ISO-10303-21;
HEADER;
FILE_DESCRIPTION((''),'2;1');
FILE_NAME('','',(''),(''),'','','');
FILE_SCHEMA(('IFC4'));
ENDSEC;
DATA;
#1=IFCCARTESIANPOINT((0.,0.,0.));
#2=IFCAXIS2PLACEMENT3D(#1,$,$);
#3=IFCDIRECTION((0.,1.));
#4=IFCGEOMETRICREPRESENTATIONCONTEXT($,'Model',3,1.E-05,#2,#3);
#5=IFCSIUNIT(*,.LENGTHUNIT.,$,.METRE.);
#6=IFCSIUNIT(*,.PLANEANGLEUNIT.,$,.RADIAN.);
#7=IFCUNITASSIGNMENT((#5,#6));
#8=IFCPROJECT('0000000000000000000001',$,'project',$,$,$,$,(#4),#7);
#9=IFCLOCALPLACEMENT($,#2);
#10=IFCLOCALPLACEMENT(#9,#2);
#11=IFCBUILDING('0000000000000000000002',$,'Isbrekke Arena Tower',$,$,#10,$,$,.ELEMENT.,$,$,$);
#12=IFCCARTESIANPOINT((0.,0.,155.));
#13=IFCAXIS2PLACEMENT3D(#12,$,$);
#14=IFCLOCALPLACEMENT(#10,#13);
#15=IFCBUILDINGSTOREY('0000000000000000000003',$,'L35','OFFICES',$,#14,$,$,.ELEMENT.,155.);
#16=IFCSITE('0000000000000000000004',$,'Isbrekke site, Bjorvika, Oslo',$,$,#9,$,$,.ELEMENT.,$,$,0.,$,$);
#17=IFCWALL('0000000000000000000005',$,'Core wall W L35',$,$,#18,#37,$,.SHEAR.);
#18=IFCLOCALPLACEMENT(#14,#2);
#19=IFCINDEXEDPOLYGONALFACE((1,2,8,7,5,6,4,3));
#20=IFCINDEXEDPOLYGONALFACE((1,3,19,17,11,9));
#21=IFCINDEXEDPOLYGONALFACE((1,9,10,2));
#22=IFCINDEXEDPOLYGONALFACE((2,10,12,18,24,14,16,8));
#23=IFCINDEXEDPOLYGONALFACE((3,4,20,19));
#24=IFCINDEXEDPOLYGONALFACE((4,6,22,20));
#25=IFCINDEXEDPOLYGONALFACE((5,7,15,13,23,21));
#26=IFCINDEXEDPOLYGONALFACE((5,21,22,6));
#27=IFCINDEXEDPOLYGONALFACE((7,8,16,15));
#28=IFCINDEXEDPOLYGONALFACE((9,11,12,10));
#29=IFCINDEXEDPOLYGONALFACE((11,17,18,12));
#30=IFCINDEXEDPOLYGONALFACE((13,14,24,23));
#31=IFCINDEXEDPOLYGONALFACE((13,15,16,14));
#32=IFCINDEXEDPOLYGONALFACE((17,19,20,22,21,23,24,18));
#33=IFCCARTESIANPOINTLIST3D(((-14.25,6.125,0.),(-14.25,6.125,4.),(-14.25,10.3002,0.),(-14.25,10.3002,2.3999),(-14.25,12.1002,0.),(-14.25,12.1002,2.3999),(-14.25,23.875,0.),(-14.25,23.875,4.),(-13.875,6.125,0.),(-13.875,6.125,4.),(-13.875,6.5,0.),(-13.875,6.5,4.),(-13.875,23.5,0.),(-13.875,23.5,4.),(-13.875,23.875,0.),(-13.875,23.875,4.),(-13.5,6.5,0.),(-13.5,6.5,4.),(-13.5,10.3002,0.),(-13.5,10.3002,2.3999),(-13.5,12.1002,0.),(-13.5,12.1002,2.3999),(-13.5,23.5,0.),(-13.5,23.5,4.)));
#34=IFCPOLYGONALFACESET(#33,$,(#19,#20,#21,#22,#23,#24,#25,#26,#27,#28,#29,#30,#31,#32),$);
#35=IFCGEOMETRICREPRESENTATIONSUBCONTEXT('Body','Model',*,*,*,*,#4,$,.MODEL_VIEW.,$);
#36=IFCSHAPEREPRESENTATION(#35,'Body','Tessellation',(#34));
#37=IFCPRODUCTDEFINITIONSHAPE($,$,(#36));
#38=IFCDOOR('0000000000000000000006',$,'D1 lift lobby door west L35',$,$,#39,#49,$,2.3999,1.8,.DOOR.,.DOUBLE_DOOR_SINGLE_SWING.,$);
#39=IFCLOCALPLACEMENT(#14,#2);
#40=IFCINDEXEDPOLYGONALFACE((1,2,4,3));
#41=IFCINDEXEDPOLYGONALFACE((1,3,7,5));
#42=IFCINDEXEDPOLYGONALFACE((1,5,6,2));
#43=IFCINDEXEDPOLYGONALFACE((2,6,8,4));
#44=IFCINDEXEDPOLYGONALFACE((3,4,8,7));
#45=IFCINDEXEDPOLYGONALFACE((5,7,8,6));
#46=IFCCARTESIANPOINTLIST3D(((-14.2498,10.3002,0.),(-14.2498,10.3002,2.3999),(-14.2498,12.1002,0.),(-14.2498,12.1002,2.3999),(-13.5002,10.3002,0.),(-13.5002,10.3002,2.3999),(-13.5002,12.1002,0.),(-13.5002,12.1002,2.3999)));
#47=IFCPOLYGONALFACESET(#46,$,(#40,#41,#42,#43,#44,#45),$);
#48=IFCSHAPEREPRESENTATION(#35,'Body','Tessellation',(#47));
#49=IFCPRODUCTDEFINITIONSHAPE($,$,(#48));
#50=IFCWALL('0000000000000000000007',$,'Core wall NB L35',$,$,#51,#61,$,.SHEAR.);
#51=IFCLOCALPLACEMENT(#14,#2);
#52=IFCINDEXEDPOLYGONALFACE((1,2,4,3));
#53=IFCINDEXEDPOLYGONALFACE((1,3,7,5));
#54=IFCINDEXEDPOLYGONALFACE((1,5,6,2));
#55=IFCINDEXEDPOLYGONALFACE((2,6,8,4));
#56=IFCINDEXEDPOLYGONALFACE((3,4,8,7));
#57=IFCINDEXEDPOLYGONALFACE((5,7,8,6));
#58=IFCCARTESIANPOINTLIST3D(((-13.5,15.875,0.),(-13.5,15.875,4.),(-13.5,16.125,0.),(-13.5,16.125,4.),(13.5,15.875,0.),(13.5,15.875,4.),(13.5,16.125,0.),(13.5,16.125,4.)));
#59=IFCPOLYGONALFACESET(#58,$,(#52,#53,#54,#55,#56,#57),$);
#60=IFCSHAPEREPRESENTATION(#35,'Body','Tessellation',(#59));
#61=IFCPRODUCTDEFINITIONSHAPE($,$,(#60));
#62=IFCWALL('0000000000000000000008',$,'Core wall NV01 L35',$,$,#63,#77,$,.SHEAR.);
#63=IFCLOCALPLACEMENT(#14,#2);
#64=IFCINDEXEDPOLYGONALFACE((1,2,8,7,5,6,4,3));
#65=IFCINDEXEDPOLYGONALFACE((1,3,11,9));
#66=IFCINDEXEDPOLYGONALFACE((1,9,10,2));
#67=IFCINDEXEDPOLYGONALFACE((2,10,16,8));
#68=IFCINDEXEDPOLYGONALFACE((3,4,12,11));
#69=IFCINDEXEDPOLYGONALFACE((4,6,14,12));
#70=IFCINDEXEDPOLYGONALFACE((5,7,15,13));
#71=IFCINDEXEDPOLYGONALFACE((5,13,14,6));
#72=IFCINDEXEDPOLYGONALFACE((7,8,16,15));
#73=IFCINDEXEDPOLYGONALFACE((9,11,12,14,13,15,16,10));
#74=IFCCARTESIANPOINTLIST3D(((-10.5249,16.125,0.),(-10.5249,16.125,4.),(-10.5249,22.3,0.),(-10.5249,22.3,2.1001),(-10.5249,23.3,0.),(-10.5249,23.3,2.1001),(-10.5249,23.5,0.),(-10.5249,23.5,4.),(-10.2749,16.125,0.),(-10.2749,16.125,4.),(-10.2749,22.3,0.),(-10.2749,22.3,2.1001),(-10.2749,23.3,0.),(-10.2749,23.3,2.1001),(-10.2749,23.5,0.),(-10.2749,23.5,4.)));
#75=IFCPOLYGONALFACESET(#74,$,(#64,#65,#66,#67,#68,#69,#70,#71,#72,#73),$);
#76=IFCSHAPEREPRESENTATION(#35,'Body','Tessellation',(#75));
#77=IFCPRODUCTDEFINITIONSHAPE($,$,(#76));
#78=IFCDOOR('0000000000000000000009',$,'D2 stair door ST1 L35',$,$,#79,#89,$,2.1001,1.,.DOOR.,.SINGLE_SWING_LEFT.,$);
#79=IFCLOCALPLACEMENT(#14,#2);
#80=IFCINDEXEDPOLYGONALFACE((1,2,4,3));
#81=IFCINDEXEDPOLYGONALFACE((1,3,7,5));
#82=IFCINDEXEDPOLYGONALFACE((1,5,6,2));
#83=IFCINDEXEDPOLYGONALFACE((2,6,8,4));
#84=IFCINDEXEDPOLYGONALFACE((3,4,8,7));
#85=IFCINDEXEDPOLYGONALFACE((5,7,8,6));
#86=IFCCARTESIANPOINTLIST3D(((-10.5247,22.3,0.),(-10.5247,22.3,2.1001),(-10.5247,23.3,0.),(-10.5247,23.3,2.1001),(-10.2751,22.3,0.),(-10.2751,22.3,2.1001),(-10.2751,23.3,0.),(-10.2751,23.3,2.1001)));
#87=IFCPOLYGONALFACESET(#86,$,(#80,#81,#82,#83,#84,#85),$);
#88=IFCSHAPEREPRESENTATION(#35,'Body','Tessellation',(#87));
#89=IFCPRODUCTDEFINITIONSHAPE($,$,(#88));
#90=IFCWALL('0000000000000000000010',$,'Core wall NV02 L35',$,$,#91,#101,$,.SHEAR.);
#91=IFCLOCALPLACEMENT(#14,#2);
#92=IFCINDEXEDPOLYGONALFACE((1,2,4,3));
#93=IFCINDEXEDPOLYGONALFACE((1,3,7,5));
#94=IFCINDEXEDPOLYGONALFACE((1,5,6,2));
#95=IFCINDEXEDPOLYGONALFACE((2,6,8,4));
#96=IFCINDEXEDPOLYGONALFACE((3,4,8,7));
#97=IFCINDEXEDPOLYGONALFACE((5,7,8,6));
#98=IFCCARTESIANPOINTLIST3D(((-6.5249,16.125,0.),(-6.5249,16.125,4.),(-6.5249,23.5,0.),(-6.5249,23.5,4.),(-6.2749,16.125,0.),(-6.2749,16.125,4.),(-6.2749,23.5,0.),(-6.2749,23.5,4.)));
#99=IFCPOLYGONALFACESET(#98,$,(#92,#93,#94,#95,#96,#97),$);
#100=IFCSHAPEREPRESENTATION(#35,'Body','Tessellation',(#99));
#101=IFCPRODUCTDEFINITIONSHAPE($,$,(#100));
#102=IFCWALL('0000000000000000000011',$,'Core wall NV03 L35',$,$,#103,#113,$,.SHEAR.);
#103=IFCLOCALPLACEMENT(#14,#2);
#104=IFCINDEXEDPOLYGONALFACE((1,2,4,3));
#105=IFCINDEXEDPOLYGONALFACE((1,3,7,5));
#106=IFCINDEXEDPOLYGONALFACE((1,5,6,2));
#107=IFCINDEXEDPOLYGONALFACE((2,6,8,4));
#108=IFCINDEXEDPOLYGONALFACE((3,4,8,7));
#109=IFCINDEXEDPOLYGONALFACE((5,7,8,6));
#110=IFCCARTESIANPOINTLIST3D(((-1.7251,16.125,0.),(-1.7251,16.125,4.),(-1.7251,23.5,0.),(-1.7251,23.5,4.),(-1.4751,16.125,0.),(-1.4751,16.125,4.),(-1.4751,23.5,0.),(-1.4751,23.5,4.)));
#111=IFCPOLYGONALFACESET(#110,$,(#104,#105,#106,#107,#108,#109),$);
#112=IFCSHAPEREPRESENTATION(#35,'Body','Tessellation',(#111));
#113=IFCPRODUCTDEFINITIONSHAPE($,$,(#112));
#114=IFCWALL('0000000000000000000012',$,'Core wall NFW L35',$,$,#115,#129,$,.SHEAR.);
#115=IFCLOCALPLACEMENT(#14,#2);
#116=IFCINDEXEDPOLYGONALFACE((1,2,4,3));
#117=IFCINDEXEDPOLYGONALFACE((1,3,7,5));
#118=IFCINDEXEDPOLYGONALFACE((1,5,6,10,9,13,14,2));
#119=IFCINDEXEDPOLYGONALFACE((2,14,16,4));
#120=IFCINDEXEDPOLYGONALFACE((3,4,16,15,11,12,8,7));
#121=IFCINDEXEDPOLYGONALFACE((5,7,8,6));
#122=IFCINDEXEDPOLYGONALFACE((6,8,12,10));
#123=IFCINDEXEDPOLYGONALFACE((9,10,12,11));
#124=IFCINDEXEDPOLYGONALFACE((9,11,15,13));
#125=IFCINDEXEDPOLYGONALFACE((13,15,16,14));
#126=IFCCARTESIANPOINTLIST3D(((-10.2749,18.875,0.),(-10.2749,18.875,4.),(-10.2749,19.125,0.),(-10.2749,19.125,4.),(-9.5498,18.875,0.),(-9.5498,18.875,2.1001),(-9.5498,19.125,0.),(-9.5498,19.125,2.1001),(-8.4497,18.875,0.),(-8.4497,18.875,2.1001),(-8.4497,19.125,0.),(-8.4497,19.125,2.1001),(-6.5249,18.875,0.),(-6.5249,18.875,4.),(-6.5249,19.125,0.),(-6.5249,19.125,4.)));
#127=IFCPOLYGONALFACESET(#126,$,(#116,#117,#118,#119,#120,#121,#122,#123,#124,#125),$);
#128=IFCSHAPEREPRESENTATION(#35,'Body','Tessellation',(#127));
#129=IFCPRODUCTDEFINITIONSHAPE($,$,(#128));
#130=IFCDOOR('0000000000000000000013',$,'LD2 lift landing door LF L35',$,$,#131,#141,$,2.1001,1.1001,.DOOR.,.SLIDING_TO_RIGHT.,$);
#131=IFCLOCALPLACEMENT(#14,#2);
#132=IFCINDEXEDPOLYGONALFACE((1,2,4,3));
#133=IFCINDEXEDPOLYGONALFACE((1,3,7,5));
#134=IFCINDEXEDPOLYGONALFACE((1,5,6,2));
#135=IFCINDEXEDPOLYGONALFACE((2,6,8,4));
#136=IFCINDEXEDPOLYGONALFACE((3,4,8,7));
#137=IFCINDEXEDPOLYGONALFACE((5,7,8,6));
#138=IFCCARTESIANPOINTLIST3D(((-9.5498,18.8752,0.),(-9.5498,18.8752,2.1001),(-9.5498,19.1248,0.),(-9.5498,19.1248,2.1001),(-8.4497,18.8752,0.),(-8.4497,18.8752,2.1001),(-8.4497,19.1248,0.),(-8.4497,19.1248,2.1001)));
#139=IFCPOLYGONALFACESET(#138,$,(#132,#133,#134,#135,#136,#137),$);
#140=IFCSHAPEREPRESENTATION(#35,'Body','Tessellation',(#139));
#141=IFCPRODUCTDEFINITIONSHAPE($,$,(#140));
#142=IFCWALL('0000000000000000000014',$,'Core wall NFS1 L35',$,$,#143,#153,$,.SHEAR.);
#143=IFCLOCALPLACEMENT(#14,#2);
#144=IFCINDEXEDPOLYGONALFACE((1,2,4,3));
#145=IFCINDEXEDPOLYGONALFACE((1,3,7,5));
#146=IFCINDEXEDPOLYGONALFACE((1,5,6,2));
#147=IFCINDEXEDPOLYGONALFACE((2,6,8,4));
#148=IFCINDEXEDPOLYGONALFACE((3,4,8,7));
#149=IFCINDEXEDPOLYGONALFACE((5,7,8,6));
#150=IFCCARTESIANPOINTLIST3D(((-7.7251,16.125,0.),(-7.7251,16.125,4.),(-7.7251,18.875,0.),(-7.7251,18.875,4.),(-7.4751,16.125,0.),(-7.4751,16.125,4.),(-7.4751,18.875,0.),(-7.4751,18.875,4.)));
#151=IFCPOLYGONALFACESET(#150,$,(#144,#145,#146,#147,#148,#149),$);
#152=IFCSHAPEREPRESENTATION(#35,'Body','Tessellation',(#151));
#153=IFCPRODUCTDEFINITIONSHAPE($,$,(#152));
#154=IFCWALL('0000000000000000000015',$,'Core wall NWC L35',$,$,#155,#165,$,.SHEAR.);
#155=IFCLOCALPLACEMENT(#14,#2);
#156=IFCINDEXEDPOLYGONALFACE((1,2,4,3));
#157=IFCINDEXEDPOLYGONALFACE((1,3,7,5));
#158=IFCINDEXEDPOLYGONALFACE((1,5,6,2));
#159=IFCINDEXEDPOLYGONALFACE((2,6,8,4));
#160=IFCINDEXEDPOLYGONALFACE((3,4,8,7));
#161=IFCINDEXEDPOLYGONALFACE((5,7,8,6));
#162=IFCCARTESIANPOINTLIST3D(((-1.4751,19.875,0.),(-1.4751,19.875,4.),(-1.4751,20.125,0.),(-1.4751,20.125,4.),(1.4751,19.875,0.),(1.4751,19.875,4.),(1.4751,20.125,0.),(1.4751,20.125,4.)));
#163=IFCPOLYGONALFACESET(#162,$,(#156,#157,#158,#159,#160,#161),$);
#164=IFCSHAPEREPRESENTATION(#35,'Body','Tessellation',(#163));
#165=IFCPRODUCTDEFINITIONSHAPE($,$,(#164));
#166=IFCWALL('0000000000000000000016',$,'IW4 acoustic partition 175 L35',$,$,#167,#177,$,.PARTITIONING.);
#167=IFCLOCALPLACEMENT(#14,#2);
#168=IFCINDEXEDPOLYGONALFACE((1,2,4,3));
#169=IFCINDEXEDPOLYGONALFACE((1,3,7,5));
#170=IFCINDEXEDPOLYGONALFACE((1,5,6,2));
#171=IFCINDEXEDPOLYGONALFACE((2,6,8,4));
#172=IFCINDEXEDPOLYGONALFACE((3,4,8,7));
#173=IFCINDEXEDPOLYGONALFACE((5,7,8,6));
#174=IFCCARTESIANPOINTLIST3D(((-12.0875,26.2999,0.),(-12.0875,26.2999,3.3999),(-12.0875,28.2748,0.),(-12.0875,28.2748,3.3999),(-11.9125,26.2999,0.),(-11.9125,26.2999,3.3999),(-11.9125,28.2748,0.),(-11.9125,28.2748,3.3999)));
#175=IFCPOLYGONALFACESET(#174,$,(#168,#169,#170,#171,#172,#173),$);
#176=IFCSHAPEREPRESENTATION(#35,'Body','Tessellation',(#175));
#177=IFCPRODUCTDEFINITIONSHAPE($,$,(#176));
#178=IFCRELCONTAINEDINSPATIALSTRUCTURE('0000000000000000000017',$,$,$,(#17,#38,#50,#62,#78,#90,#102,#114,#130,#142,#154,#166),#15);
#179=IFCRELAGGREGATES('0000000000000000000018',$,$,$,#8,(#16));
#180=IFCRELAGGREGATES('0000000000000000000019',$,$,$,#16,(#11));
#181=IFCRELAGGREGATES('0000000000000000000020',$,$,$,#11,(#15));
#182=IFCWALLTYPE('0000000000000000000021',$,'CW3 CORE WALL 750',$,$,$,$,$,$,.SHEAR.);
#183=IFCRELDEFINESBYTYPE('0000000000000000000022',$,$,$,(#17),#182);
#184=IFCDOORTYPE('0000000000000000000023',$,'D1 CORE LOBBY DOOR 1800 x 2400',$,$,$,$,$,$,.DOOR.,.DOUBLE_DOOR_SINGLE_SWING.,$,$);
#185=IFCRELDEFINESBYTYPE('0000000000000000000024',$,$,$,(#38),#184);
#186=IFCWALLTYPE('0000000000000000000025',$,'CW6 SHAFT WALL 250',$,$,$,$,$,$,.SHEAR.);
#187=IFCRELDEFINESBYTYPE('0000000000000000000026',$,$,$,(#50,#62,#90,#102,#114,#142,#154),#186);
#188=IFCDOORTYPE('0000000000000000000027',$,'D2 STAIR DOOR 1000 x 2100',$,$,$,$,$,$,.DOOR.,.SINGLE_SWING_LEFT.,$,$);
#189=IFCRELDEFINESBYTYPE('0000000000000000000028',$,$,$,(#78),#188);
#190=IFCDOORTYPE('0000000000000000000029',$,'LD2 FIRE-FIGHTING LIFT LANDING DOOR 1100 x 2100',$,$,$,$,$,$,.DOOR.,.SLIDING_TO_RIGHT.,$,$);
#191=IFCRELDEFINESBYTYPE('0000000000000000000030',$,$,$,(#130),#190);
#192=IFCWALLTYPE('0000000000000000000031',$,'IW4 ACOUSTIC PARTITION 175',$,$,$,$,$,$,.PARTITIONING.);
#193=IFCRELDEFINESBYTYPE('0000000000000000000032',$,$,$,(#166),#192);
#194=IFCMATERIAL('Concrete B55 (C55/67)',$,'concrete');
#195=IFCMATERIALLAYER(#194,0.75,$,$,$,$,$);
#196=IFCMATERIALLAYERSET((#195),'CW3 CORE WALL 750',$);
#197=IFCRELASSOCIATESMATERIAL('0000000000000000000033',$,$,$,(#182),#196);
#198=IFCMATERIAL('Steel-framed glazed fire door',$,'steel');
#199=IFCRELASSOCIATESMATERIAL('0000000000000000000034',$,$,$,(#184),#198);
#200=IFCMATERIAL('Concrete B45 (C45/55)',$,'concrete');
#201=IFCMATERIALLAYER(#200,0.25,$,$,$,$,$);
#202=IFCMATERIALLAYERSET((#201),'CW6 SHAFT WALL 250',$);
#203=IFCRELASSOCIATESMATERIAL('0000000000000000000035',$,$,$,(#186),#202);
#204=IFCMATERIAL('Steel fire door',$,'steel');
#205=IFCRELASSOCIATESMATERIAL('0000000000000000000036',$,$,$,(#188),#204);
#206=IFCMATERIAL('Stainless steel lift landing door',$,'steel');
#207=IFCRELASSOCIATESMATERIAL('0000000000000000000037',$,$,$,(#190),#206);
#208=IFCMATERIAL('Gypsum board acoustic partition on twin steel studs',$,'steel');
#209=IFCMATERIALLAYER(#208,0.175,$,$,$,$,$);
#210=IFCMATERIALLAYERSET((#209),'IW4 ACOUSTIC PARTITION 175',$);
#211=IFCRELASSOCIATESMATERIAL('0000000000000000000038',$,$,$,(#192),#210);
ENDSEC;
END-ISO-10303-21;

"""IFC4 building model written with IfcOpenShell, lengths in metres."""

from ifc_helpers import new_model, si_unit, direction, frame, frame_2d, origin, place, context, subcontext, project, spatial, polyline, rectangle, outline, extrude, material, layer, layer_set, type_object, element, fill, save


model = new_model("IFC4")

# Units and contexts
model_context = context("Model", 3, precision=1e-05, world=origin(), true_north=direction((0.0, 1.0)))
body_context = subcontext(model_context, "Body", "Model", "MODEL_VIEW")
ifc_project = project(units=[si_unit("LENGTHUNIT", "METRE"), si_unit("PLANEANGLEUNIT", "RADIAN")], contexts=[model_context])

# Site, building, storey
site_placement = place(None, origin())
site = spatial("IfcSite", under=ifc_project, at=site_placement, Name="Isbrekke site, Bjorvika, Oslo", CompositionType="ELEMENT", RefElevation=0.0)
building_placement = place(site_placement, origin())
building = spatial("IfcBuilding", under=site, at=building_placement, Name="Isbrekke Arena Tower", CompositionType="ELEMENT")
storey_placement = place(building_placement, frame((0.0, 0.0, 155.0)))
storey = spatial("IfcBuildingStorey", under=building, at=storey_placement, Name="L35", Description="OFFICES", CompositionType="ELEMENT", Elevation=155.0)

# Wall, opening, door
ifc_material_1 = material(Name="Concrete B55 (C55/67)", Category="concrete")
ifc_layer_1 = layer(ifc_material_1, 0.75)
ifc_layer_set_1 = layer_set([ifc_layer_1], Name="CW3 CORE WALL 750")
wall_type_1 = type_object("IfcWallType", Name="CW3 CORE WALL 750", PredefinedType="SHEAR", material=ifc_layer_set_1)
wall_1_placement = place(storey_placement, frame((-13.875, 23.875, 0.0), z_axis=(0.0, 0.0, 1.0), x_axis=(0.0, -1.0, 0.0)))
wall_1 = element("IfcWall", 1, at=wall_1_placement, inside=storey, type_object=wall_type_1, Name="Core wall W L35", PredefinedType="SHEAR", context=body_context, shape_type="SweptSolid", body=[
    extrude(outline(polyline([(0.0, -0.375), (17.75, -0.375), (17.75, 0.0), (17.375, 0.0), (17.375, 0.375), (0.375, 0.375), (0.375, 0.0), (0.0, 0.0), (0.0, -0.375)])), origin(), (0.0, 0.0, 1.0), 4.0),
])
opening_1_placement = place(wall_1_placement, frame((11.7749, 0.0, 0.0)))
opening_1 = element("IfcOpeningElement", 2, at=opening_1_placement, cuts=wall_1, PredefinedType="OPENING", context=body_context, shape_type="SweptSolid", body=[
    extrude(rectangle(XDim=1.8, YDim=2.3999, at=frame_2d((0.8999, 1.2))), frame((0.0, 0.3899, 0.0), z_axis=(0.0, -1.0, 0.0), x_axis=(1.0, 0.0, 0.0)), (0.0, 0.0, 1.0), 0.7798),
])
ifc_material_2 = material(Name="Steel-framed glazed fire door", Category="steel")
door_type_1 = type_object("IfcDoorType", Name="D1 CORE LOBBY DOOR 1800 x 2400", OperationType="DOUBLE_DOOR_SINGLE_SWING", PredefinedType="DOOR", material=ifc_material_2)
door_1_placement = place(opening_1_placement, origin())
door_1 = element("IfcDoor", 3, at=door_1_placement, inside=storey, type_object=door_type_1, Name="D1 lift lobby door west L35", OperationType="DOUBLE_DOOR_SINGLE_SWING", OverallHeight=2.3999, OverallWidth=1.8, PredefinedType="DOOR", context=body_context, shape_type="SweptSolid", body=[
    extrude(rectangle(XDim=1.8, YDim=2.3999, at=frame_2d((0.8999, 1.2))), frame((0.0, 0.3748, 0.0), z_axis=(0.0, -1.0, 0.0), x_axis=(1.0, 0.0, 0.0)), (0.0, 0.0, 1.0), 0.7495),
])
fill(opening_1, door_1)

# Wall
ifc_material_3 = material(Name="Concrete B45 (C45/55)", Category="concrete")
ifc_layer_2 = layer(ifc_material_3, 0.25)
ifc_layer_set_2 = layer_set([ifc_layer_2], Name="CW6 SHAFT WALL 250")
wall_type_2 = type_object("IfcWallType", Name="CW6 SHAFT WALL 250", PredefinedType="SHEAR", material=ifc_layer_set_2)
wall_2_placement = place(storey_placement, frame((-13.5, 16.0, 0.0), z_axis=(0.0, 0.0, 1.0), x_axis=(1.0, 0.0, 0.0)))
element("IfcWall", 4, at=wall_2_placement, inside=storey, type_object=wall_type_2, Name="Core wall NB L35", PredefinedType="SHEAR", context=body_context, shape_type="SweptSolid", body=[
    extrude(rectangle(XDim=27.0, YDim=0.25, at=frame_2d((13.5, 0.0))), origin(), (0.0, 0.0, 1.0), 4.0),
])

# Wall, opening, door
wall_3_placement = place(storey_placement, frame((-10.3999, 16.125, 0.0), z_axis=(0.0, 0.0, 1.0), x_axis=(0.0, 1.0, 0.0)))
wall_3 = element("IfcWall", 5, at=wall_3_placement, inside=storey, type_object=wall_type_2, Name="Core wall NV01 L35", PredefinedType="SHEAR", context=body_context, shape_type="SweptSolid", body=[
    extrude(rectangle(XDim=7.375, YDim=0.25, at=frame_2d((3.6875, 0.0))), origin(), (0.0, 0.0, 1.0), 4.0),
])
opening_2_placement = place(wall_3_placement, frame((6.175, 0.0, 0.0)))
opening_2 = element("IfcOpeningElement", 6, at=opening_2_placement, cuts=wall_3, PredefinedType="OPENING", context=body_context, shape_type="SweptSolid", body=[
    extrude(rectangle(XDim=1.0, YDim=2.1001, at=frame_2d((0.5, 1.05))), frame((0.0, 0.1399, 0.0), z_axis=(0.0, -1.0, 0.0), x_axis=(1.0, 0.0, 0.0)), (0.0, 0.0, 1.0), 0.2798),
])
ifc_material_4 = material(Name="Steel fire door", Category="steel")
door_type_2 = type_object("IfcDoorType", Name="D2 STAIR DOOR 1000 x 2100", OperationType="SINGLE_SWING_LEFT", PredefinedType="DOOR", material=ifc_material_4)
door_2_placement = place(opening_2_placement, origin())
door_2 = element("IfcDoor", 7, at=door_2_placement, inside=storey, type_object=door_type_2, Name="D2 stair door ST1 L35", OperationType="SINGLE_SWING_LEFT", OverallHeight=2.1001, OverallWidth=1.0, PredefinedType="DOOR", context=body_context, shape_type="SweptSolid", body=[
    extrude(rectangle(XDim=1.0, YDim=2.1001, at=frame_2d((0.5, 1.05))), frame((0.0, 0.1248, 0.0), z_axis=(0.0, -1.0, 0.0), x_axis=(1.0, 0.0, 0.0)), (0.0, 0.0, 1.0), 0.2495),
])
fill(opening_2, door_2)

# Walls
for number, where, z_axis, x_axis, name in (
    (8, (-6.3999, 16.125, 0.0), (0.0, 0.0, 1.0), (0.0, 1.0, 0.0), "Core wall NV02 L35"),
    (9, (-1.6001, 16.125, 0.0), (0.0, 0.0, 1.0), (0.0, 1.0, 0.0), "Core wall NV03 L35"),
):
    element("IfcWall", number, at=place(storey_placement, frame(where, z_axis=z_axis, x_axis=x_axis)), inside=storey, type_object=wall_type_2, Name=name, PredefinedType="SHEAR", context=body_context, shape_type="SweptSolid", body=[
        extrude(rectangle(XDim=7.375, YDim=0.25, at=frame_2d((3.6875, 0.0))), origin(), (0.0, 0.0, 1.0), 4.0),
    ])

# Wall, opening, door
wall_4_placement = place(storey_placement, frame((-10.2749, 19.0, 0.0), z_axis=(0.0, 0.0, 1.0), x_axis=(1.0, 0.0, 0.0)))
wall_4 = element("IfcWall", 10, at=wall_4_placement, inside=storey, type_object=wall_type_2, Name="Core wall NFW L35", PredefinedType="SHEAR", context=body_context, shape_type="SweptSolid", body=[
    extrude(rectangle(XDim=3.75, YDim=0.25, at=frame_2d((1.875, 0.0))), origin(), (0.0, 0.0, 1.0), 4.0),
])
opening_3_placement = place(wall_4_placement, frame((0.7251, 0.0, 0.0)))
opening_3 = element("IfcOpeningElement", 11, at=opening_3_placement, cuts=wall_4, PredefinedType="OPENING", context=body_context, shape_type="SweptSolid", body=[
    extrude(rectangle(XDim=1.1001, YDim=2.1001, at=frame_2d((0.55, 1.05))), frame((0.0, 0.1399, 0.0), z_axis=(0.0, -1.0, 0.0), x_axis=(1.0, 0.0, 0.0)), (0.0, 0.0, 1.0), 0.2798),
])
ifc_material_5 = material(Name="Stainless steel lift landing door", Category="steel")
door_type_3 = type_object("IfcDoorType", Name="LD2 FIRE-FIGHTING LIFT LANDING DOOR 1100 x 2100", OperationType="SLIDING_TO_RIGHT", PredefinedType="DOOR", material=ifc_material_5)
door_3_placement = place(opening_3_placement, origin())
door_3 = element("IfcDoor", 12, at=door_3_placement, inside=storey, type_object=door_type_3, Name="LD2 lift landing door LF L35", OperationType="SLIDING_TO_RIGHT", OverallHeight=2.1001, OverallWidth=1.1001, PredefinedType="DOOR", context=body_context, shape_type="SweptSolid", body=[
    extrude(rectangle(XDim=1.1001, YDim=2.1001, at=frame_2d((0.55, 1.05))), frame((0.0, 0.1248, 0.0), z_axis=(0.0, -1.0, 0.0), x_axis=(1.0, 0.0, 0.0)), (0.0, 0.0, 1.0), 0.2495),
])
fill(opening_3, door_3)

# Walls
wall_5_placement = place(storey_placement, frame((-7.6001, 16.125, 0.0), z_axis=(0.0, 0.0, 1.0), x_axis=(0.0, 1.0, 0.0)))
element("IfcWall", 13, at=wall_5_placement, inside=storey, type_object=wall_type_2, Name="Core wall NFS1 L35", PredefinedType="SHEAR", context=body_context, shape_type="SweptSolid", body=[
    extrude(rectangle(XDim=2.75, YDim=0.25, at=frame_2d((1.375, 0.0))), origin(), (0.0, 0.0, 1.0), 4.0),
])
wall_6_placement = place(storey_placement, frame((-1.4751, 20.0, 0.0), z_axis=(0.0, 0.0, 1.0), x_axis=(1.0, 0.0, 0.0)))
element("IfcWall", 14, at=wall_6_placement, inside=storey, type_object=wall_type_2, Name="Core wall NWC L35", PredefinedType="SHEAR", context=body_context, shape_type="SweptSolid", body=[
    extrude(rectangle(XDim=2.9502, YDim=0.25, at=frame_2d((1.4751, 0.0))), origin(), (0.0, 0.0, 1.0), 4.0),
])

# Wall
ifc_material_6 = material(Name="Gypsum board acoustic partition on twin steel studs", Category="steel")
ifc_layer_3 = layer(ifc_material_6, 0.175)
ifc_layer_set_3 = layer_set([ifc_layer_3], Name="IW4 ACOUSTIC PARTITION 175")
wall_type_3 = type_object("IfcWallType", Name="IW4 ACOUSTIC PARTITION 175", PredefinedType="PARTITIONING", material=ifc_layer_set_3)
wall_7_placement = place(storey_placement, frame((-12.0, 26.3, 0.0), z_axis=(0.0, 0.0, 1.0), x_axis=(0.0, 1.0, 0.0)))
element("IfcWall", 15, at=wall_7_placement, inside=storey, type_object=wall_type_3, Name="IW4 acoustic partition 175 L35", PredefinedType="PARTITIONING", context=body_context, shape_type="SweptSolid", body=[
    extrude(rectangle(XDim=1.9749, YDim=0.175, at=frame_2d((0.9873, 0.0))), origin(), (0.0, 0.0, 1.0), 3.3999),
])

save(model, "model.ifc")
